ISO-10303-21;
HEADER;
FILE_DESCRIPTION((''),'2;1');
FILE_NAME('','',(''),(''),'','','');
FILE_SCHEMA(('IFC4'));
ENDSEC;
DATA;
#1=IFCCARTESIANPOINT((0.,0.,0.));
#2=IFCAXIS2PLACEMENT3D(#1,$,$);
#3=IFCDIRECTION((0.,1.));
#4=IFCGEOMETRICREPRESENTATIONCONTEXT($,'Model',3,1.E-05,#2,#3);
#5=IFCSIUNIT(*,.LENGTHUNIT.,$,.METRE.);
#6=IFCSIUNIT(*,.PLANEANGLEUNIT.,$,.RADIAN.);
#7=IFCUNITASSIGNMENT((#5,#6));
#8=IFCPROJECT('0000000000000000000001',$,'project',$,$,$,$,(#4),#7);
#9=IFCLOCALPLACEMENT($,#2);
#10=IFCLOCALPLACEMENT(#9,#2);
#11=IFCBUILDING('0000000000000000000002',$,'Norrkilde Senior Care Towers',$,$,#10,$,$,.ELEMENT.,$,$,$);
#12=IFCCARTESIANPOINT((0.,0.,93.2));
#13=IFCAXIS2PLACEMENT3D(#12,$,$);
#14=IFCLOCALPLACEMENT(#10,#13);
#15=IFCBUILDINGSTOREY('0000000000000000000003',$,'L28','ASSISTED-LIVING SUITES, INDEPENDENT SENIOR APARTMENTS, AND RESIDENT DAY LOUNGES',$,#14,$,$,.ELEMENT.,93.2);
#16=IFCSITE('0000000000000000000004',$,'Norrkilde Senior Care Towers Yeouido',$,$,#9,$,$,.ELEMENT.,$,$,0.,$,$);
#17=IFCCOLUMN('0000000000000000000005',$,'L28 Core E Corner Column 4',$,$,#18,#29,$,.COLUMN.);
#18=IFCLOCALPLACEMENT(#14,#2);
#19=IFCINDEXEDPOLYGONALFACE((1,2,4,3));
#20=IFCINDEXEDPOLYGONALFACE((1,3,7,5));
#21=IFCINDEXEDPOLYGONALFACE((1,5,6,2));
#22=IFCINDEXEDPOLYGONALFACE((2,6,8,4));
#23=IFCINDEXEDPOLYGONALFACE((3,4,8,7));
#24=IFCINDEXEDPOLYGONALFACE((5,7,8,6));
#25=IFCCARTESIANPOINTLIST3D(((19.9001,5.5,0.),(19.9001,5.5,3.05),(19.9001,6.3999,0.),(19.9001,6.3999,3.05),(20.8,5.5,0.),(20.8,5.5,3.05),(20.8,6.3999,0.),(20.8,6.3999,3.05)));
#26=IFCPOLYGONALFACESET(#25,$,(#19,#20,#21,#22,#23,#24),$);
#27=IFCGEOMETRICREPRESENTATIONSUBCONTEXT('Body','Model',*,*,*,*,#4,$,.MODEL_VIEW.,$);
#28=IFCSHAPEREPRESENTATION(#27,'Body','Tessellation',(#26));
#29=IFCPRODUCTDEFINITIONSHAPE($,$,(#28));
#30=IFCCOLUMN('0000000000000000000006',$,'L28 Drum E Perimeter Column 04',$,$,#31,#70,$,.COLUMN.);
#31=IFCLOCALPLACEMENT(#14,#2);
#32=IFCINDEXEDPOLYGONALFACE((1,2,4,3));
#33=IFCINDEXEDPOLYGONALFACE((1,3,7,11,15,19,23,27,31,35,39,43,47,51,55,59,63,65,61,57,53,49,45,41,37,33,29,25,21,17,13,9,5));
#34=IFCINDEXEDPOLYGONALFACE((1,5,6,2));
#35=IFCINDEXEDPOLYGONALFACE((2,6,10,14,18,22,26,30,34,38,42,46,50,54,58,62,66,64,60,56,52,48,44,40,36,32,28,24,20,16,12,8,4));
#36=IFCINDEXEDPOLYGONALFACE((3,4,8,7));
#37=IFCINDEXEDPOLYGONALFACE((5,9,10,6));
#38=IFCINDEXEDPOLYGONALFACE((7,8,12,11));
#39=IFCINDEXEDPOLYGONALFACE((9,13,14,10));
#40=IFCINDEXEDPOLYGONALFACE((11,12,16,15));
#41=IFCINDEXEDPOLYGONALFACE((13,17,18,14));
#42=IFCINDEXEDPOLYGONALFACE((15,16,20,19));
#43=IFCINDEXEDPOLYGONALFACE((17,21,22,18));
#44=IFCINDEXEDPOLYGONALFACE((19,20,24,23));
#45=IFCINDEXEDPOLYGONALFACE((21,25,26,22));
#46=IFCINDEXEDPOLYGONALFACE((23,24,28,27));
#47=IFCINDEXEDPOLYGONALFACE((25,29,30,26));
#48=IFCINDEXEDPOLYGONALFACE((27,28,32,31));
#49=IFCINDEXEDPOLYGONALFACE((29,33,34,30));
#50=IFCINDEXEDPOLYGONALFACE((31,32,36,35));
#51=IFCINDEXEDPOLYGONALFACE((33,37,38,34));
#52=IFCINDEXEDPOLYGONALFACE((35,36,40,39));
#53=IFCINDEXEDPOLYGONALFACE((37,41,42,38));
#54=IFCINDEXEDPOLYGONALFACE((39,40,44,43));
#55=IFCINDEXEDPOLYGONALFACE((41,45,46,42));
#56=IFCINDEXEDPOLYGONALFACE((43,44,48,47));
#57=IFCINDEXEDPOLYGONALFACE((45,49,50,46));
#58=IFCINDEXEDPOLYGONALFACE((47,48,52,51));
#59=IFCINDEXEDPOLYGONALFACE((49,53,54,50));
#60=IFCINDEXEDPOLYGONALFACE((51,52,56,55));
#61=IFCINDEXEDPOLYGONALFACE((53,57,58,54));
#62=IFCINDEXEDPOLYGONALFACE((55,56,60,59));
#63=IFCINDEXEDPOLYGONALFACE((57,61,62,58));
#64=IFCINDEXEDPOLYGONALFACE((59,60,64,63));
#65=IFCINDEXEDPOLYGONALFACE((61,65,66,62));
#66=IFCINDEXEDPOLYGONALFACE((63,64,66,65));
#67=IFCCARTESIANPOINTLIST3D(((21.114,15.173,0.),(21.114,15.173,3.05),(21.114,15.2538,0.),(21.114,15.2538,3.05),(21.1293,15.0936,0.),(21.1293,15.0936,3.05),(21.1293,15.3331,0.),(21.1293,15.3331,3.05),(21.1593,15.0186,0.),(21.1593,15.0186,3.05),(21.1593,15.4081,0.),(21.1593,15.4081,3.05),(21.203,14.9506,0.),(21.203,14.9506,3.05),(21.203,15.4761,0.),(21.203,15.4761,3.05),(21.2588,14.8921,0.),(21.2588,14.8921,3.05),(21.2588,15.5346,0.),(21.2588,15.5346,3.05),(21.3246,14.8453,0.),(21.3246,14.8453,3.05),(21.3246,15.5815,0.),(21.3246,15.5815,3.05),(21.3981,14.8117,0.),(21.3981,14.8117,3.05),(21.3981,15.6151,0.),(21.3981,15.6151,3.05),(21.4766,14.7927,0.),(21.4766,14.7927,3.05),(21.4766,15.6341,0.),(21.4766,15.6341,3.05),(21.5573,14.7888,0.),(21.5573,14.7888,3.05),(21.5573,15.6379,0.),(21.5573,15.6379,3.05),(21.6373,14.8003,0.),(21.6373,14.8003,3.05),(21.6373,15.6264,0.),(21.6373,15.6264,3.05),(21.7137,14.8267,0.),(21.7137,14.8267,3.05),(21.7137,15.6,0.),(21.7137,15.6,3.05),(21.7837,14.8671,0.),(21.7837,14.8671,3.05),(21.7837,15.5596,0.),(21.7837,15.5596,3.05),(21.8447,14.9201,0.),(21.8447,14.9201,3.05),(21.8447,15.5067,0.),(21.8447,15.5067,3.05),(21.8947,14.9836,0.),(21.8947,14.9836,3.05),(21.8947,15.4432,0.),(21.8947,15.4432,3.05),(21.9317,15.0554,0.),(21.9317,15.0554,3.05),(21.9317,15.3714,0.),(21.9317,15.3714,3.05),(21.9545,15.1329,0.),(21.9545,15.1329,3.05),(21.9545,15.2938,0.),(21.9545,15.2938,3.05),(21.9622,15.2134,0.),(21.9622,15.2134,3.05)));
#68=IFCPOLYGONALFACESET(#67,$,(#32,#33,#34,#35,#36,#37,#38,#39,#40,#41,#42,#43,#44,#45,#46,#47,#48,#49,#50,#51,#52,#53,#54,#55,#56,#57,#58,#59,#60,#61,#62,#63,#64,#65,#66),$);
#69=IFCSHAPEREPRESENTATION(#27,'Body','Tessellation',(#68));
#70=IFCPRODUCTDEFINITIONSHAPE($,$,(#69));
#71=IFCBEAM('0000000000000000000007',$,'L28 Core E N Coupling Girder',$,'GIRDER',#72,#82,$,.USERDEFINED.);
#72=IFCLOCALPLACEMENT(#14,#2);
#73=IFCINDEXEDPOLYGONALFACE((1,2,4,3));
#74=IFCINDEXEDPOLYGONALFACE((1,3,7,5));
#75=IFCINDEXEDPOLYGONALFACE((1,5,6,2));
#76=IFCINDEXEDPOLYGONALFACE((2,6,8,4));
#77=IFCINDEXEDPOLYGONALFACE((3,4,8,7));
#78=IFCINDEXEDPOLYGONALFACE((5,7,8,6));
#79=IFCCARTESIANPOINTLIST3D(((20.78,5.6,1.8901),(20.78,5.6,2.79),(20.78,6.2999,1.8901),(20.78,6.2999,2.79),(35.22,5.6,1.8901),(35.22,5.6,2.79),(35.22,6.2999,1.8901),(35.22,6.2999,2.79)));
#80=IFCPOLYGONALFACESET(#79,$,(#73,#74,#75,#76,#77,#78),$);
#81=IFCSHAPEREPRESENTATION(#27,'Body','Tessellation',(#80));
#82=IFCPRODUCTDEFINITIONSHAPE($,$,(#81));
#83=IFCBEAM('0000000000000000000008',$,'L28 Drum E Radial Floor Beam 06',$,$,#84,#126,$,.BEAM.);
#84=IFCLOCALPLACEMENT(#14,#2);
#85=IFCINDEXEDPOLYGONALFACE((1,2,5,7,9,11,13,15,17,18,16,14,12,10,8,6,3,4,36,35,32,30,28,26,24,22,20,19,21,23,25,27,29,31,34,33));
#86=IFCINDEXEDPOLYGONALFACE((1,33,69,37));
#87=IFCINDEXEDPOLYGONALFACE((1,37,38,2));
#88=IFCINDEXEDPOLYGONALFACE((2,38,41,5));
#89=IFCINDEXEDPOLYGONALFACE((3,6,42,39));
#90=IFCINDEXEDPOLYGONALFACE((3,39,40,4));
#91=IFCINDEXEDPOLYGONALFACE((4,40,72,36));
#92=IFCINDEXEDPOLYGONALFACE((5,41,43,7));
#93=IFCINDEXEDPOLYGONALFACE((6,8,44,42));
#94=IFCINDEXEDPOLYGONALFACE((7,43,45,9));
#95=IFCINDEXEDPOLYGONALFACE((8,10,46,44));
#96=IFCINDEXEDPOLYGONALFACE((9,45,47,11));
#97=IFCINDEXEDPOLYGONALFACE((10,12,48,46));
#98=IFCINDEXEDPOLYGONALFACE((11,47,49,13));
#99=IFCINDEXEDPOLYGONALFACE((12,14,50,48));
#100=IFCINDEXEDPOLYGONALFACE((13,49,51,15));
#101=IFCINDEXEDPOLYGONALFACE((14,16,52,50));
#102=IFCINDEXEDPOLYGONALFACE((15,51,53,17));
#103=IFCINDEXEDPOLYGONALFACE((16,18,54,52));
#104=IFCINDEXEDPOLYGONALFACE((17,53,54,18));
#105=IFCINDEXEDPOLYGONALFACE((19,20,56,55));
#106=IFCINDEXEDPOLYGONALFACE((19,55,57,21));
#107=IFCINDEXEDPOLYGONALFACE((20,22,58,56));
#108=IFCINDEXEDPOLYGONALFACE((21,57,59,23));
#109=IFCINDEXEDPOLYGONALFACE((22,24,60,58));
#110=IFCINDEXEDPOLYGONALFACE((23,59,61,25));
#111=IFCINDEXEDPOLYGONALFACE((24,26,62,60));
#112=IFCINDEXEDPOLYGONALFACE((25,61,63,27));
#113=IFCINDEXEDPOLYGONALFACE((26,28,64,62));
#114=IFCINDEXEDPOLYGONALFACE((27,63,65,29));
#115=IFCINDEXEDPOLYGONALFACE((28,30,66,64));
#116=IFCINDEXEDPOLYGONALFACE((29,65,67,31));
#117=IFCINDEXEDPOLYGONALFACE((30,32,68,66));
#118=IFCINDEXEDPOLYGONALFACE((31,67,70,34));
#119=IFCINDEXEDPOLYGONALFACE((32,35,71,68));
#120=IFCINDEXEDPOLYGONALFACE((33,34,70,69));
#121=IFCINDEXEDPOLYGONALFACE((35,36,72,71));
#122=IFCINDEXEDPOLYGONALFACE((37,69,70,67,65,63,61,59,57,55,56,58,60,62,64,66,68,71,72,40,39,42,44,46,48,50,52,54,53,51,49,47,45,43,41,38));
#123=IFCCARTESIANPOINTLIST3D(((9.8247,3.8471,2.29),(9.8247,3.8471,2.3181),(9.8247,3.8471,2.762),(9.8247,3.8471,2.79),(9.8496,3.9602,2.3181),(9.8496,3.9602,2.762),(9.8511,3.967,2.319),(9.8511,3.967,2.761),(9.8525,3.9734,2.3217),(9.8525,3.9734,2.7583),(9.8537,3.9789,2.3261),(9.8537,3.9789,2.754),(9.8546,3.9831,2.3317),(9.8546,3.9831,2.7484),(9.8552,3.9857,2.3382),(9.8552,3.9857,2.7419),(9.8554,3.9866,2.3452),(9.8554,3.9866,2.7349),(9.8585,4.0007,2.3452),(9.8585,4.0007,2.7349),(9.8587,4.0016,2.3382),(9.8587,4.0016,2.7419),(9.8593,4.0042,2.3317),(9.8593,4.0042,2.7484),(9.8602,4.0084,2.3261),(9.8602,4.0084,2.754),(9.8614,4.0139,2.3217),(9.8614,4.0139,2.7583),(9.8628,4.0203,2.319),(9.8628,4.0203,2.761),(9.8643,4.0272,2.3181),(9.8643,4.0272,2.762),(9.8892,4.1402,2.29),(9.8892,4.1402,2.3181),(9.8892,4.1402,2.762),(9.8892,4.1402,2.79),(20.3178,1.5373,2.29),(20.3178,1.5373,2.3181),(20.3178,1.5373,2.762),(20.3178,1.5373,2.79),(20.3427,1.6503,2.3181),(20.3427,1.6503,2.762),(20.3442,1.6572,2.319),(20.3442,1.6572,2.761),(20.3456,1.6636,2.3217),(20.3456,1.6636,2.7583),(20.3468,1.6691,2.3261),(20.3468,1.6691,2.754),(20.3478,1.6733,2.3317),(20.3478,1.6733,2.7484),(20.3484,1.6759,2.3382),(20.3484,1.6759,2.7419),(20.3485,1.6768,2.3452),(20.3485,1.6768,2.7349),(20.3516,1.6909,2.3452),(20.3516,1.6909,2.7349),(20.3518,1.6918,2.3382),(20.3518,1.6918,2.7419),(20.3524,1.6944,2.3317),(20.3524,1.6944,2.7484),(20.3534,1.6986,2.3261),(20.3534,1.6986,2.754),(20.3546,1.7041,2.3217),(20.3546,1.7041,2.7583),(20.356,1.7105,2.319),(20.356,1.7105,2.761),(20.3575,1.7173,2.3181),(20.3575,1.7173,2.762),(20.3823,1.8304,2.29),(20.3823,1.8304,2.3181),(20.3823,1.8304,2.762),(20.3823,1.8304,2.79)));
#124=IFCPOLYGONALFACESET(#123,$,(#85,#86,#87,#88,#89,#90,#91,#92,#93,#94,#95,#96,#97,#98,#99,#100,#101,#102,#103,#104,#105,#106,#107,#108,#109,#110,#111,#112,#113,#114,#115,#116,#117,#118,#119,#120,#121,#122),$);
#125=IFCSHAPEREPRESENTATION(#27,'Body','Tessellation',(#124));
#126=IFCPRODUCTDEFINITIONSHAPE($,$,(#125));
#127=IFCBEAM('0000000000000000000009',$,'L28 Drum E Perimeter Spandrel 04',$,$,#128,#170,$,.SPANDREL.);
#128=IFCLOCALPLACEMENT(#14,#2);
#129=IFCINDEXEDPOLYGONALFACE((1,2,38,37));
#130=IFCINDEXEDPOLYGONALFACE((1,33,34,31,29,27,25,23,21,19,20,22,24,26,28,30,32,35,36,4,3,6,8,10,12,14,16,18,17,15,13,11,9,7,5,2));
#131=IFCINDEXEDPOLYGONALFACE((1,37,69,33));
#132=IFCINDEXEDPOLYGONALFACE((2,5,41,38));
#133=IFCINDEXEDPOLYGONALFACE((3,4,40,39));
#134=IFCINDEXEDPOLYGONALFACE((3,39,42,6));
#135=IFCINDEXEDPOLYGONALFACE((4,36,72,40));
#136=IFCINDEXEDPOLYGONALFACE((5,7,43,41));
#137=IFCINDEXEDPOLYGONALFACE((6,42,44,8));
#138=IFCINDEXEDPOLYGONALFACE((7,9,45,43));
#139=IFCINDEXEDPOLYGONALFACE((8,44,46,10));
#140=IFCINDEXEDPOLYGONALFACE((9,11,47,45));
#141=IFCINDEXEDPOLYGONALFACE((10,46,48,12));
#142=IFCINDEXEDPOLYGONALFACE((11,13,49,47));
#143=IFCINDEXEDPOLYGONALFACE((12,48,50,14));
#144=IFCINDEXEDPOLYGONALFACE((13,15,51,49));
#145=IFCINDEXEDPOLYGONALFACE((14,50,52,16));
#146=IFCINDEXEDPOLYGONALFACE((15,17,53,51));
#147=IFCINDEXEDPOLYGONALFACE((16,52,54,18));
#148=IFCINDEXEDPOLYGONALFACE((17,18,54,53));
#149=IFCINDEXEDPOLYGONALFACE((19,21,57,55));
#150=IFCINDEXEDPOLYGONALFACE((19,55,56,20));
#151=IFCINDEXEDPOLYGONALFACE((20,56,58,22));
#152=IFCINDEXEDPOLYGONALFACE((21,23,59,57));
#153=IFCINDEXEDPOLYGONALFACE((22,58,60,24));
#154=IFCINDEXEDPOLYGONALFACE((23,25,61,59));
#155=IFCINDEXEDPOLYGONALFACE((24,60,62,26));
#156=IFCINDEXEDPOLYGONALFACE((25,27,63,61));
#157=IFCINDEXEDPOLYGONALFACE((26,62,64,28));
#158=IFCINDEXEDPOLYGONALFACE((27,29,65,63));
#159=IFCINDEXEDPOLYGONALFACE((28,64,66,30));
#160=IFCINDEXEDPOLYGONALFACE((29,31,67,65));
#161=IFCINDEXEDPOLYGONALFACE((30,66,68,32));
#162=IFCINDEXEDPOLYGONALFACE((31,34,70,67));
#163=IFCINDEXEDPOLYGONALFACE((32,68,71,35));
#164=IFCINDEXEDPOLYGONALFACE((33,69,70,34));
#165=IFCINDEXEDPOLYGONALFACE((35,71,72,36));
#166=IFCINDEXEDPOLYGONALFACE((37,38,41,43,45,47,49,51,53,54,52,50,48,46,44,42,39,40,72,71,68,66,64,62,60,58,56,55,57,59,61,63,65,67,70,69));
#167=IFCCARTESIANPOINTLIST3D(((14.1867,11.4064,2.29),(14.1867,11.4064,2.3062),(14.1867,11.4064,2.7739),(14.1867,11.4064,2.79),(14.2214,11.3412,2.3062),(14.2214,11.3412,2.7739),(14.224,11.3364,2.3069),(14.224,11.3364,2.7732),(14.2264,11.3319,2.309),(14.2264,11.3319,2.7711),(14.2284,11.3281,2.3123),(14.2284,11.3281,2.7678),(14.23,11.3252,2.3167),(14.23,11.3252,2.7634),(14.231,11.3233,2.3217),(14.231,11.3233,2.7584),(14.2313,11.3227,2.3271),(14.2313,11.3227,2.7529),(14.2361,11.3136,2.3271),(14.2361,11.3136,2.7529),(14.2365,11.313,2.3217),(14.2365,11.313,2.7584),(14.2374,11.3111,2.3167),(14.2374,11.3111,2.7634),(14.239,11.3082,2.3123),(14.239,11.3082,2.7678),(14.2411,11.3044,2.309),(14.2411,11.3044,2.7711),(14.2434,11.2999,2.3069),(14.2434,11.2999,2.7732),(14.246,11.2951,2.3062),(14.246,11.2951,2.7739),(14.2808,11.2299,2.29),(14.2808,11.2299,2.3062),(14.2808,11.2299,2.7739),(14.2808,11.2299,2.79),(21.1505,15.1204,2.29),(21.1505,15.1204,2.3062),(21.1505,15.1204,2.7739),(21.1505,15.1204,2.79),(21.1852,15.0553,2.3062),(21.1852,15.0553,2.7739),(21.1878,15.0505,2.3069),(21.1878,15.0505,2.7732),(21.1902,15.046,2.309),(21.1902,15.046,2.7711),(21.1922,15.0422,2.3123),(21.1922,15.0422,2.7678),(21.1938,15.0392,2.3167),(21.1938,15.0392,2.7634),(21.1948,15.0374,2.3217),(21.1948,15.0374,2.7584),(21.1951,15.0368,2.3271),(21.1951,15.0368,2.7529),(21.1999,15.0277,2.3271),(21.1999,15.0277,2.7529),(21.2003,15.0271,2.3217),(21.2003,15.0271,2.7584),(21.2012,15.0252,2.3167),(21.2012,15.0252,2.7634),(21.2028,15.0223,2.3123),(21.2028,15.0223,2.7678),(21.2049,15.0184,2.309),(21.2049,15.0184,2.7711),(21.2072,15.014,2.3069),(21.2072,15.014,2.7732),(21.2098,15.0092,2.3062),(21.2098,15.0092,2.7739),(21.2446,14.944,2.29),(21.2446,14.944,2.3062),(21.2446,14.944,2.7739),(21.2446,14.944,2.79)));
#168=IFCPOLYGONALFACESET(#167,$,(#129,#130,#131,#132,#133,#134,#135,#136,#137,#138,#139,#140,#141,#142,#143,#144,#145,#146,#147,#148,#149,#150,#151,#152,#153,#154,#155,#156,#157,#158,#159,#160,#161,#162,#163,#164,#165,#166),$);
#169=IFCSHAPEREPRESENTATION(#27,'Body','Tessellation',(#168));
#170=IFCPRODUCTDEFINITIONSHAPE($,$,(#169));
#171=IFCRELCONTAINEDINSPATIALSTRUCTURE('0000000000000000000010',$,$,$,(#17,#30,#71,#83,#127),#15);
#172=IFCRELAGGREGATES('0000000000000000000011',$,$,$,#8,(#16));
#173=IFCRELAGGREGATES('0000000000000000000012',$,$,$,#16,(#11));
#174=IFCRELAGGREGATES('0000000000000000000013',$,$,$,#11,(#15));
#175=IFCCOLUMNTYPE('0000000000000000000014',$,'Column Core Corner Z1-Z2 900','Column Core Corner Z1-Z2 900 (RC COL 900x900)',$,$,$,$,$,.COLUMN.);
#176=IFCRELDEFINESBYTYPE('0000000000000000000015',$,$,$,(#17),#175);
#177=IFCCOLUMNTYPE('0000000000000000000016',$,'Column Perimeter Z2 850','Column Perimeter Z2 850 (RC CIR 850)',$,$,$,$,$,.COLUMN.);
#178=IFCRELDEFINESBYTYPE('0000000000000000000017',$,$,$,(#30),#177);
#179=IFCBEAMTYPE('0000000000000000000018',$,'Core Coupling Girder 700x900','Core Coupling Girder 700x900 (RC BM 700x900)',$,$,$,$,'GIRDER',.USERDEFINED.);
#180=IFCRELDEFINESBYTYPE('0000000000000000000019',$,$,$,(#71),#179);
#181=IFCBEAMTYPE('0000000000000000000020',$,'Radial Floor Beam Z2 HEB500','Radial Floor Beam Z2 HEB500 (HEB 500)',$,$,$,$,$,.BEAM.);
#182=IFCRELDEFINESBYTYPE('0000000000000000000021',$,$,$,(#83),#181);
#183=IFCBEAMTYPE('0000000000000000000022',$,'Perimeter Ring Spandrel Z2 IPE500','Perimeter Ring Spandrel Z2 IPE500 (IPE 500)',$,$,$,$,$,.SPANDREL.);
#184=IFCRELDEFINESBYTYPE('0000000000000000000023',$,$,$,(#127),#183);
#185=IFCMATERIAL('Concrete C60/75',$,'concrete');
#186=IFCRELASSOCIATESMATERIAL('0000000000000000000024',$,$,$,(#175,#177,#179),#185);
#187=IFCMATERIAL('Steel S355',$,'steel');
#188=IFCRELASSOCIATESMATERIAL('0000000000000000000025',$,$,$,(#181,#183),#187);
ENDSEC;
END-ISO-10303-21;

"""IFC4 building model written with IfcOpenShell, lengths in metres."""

from ifc_helpers import new_model, si_unit, direction, frame, origin, origin_2d, place, context, subcontext, project, spatial, rectangle, circle, i_section, extrude, source, transform, mapped, material, material_profile, profile_set, type_object, type_shapes, element, save


model = new_model("IFC4")

# Units and contexts
model_context = context("Model", 3, precision=1e-05, world=origin(), true_north=direction((0.0, 1.0)))
body_context = subcontext(model_context, "Body", "Model", "MODEL_VIEW")
ifc_project = project(units=[si_unit("LENGTHUNIT", "METRE"), si_unit("PLANEANGLEUNIT", "RADIAN")], contexts=[model_context])

# Site, building, storey
site_placement = place(None, origin())
site = spatial("IfcSite", under=ifc_project, at=site_placement, Name="Norrkilde Senior Care Towers Yeouido", CompositionType="ELEMENT", RefElevation=0.0)
building_placement = place(site_placement, origin())
building = spatial("IfcBuilding", under=site, at=building_placement, Name="Norrkilde Senior Care Towers", CompositionType="ELEMENT")
storey_placement = place(building_placement, frame((0.0, 0.0, 93.2)))
storey = spatial("IfcBuildingStorey", under=building, at=storey_placement, Name="L28", Description="ASSISTED-LIVING SUITES, INDEPENDENT SENIOR APARTMENTS, AND RESIDENT DAY LOUNGES", CompositionType="ELEMENT", Elevation=93.2)

# Columns
ifc_material_1 = material(Name="Concrete C60/75", Category="concrete")
ifc_material_profile_1 = material_profile(ifc_material_1, rectangle(XDim=0.8999, YDim=0.8999, at=origin_2d()), Name="RC COL 900x900")
ifc_profile_set_1 = profile_set([ifc_material_profile_1], Name="Concrete C60/75")
column_type_1 = type_object("IfcColumnType", Name="Column Core Corner Z1-Z2 900", Description="Column Core Corner Z1-Z2 900 (RC COL 900x900)", PredefinedType="COLUMN", material=ifc_profile_set_1)
shared_shape_1 = source(origin(), body_context, "Body", "SweptSolid", [
    extrude(rectangle(XDim=0.8999, YDim=0.8999, at=origin_2d()), origin(), (0.0, 0.0, 1.0), 3.05),
])
type_shapes(column_type_1, [shared_shape_1])
column_1_placement = place(storey_placement, frame((20.3501, 5.95, 0.0), z_axis=(0.0, 0.0, 1.0), x_axis=(1.0, 0.0, 0.0)))
element("IfcColumn", 1, at=column_1_placement, inside=storey, type_object=column_type_1, Name="L28 Core E Corner Column 4", PredefinedType="COLUMN", context=body_context, shape_type="MappedRepresentation", body=[
    mapped(shared_shape_1, transform((0.0, 0.0, 0.0), x_axis=(1.0, 0.0, 0.0), y_axis=(0.0, 1.0, 0.0), z_axis=(0.0, 0.0, 1.0), scale=1.0)),
])
ifc_material_profile_2 = material_profile(ifc_material_1, circle(Radius=0.425, at=origin_2d()), Name="RC CIR 850")
ifc_profile_set_2 = profile_set([ifc_material_profile_2], Name="Concrete C60/75")
column_type_2 = type_object("IfcColumnType", Name="Column Perimeter Z2 850", Description="Column Perimeter Z2 850 (RC CIR 850)", PredefinedType="COLUMN", material=ifc_profile_set_2)
shared_shape_2 = source(origin(), body_context, "Body", "SweptSolid", [
    extrude(circle(Radius=0.425, at=origin_2d()), origin(), (0.0, 0.0, 1.0), 3.05),
])
type_shapes(column_type_2, [shared_shape_2])
column_2_placement = place(storey_placement, frame((21.5371, 15.2134, 0.0), z_axis=(0.0, 0.0, 1.0), x_axis=(1.0, 0.0, 0.0)))
element("IfcColumn", 2, at=column_2_placement, inside=storey, type_object=column_type_2, Name="L28 Drum E Perimeter Column 04", PredefinedType="COLUMN", context=body_context, shape_type="MappedRepresentation", body=[
    mapped(shared_shape_2, transform((0.0, 0.0, 0.0), x_axis=(1.0, 0.0, 0.0), y_axis=(0.0, 1.0, 0.0), z_axis=(0.0, 0.0, 1.0), scale=1.0)),
])

# Beams
ifc_material_profile_3 = material_profile(ifc_material_1, rectangle(XDim=0.7, YDim=0.8999, at=origin_2d()), Name="RC BM 700x900")
ifc_profile_set_3 = profile_set([ifc_material_profile_3], Name="Concrete C60/75")
beam_type_1 = type_object("IfcBeamType", Name="Core Coupling Girder 700x900", Description="Core Coupling Girder 700x900 (RC BM 700x900)", ElementType="GIRDER", PredefinedType="USERDEFINED", material=ifc_profile_set_3)
shared_shape_3 = source(origin(), body_context, "Body", "SweptSolid", [
    extrude(rectangle(XDim=0.7, YDim=0.8999, at=origin_2d()), origin(), (0.0, 0.0, 1.0), 14.4399),
])
type_shapes(beam_type_1, [shared_shape_3])
beam_1_placement = place(storey_placement, frame((20.78, 5.95, 2.3401), z_axis=(1.0, 0.0, 0.0), x_axis=(0.0, 1.0, 0.0)))
element("IfcBeam", 3, at=beam_1_placement, inside=storey, type_object=beam_type_1, Name="L28 Core E N Coupling Girder", ObjectType="GIRDER", PredefinedType="USERDEFINED", context=body_context, shape_type="MappedRepresentation", body=[
    mapped(shared_shape_3, transform((0.0, 0.0, 0.0), x_axis=(1.0, 0.0, 0.0), y_axis=(0.0, 1.0, 0.0), z_axis=(0.0, 0.0, 1.0), scale=1.0)),
])
ifc_material_2 = material(Name="Steel S355", Category="steel")
ifc_material_profile_4 = material_profile(ifc_material_2, i_section(OverallWidth=0.3, OverallDepth=0.5, WebThickness=0.0144, FlangeThickness=0.0281, FilletRadius=0.0271, at=origin_2d()), Name="HEB 500")
ifc_profile_set_4 = profile_set([ifc_material_profile_4], Name="Steel S355")
beam_type_2 = type_object("IfcBeamType", Name="Radial Floor Beam Z2 HEB500", Description="Radial Floor Beam Z2 HEB500 (HEB 500)", PredefinedType="BEAM", material=ifc_profile_set_4)
shared_shape_4 = source(origin(), body_context, "Body", "SweptSolid", [
    extrude(i_section(OverallWidth=0.3, OverallDepth=0.5, WebThickness=0.0144, FlangeThickness=0.0281, FilletRadius=0.0271, at=origin_2d()), origin(), (0.0, 0.0, 1.0), 10.7444),
])
beam_2_placement = place(storey_placement, frame((20.3501, 1.6838, 2.54), z_axis=(-0.976619, 0.214979, 0.0), x_axis=(-0.214979, -0.976619, 0.0)))
element("IfcBeam", 4, at=beam_2_placement, inside=storey, type_object=beam_type_2, Name="L28 Drum E Radial Floor Beam 06", PredefinedType="BEAM", context=body_context, shape_type="MappedRepresentation", body=[
    mapped(shared_shape_4, transform((0.0, 0.0, 0.0), x_axis=(1.0, 0.0, 0.0), y_axis=(0.0, 1.0, 0.0), z_axis=(0.0, 0.0, 1.0), scale=1.0)),
])
ifc_material_profile_5 = material_profile(ifc_material_2, i_section(OverallWidth=0.2, OverallDepth=0.5, WebThickness=0.0103, FlangeThickness=0.0161, FilletRadius=0.021, at=origin_2d()), Name="IPE 500")
ifc_profile_set_5 = profile_set([ifc_material_profile_5], Name="Steel S355")
beam_type_3 = type_object("IfcBeamType", Name="Perimeter Ring Spandrel Z2 IPE500", Description="Perimeter Ring Spandrel Z2 IPE500 (IPE 500)", PredefinedType="SPANDREL", material=ifc_profile_set_5)
shared_shape_5 = source(origin(), body_context, "Body", "SweptSolid", [
    extrude(i_section(OverallWidth=0.2, OverallDepth=0.5, WebThickness=0.0103, FlangeThickness=0.0161, FilletRadius=0.021, at=origin_2d()), origin(), (0.0, 0.0, 1.0), 7.8923),
])
type_shapes(beam_type_3, [shared_shape_5])
beam_3_placement = place(storey_placement, frame((21.1975, 15.0322, 2.54), z_axis=(-0.88235, -0.470593, 0.0), x_axis=(0.470593, -0.88235, 0.0)))
element("IfcBeam", 5, at=beam_3_placement, inside=storey, type_object=beam_type_3, Name="L28 Drum E Perimeter Spandrel 04", PredefinedType="SPANDREL", context=body_context, shape_type="MappedRepresentation", body=[
    mapped(shared_shape_5, transform((0.0, 0.0, 0.0), x_axis=(1.0, 0.0, 0.0), y_axis=(0.0, 1.0, 0.0), z_axis=(0.0, 0.0, 1.0), scale=1.0)),
])

save(model, "model.ifc")
